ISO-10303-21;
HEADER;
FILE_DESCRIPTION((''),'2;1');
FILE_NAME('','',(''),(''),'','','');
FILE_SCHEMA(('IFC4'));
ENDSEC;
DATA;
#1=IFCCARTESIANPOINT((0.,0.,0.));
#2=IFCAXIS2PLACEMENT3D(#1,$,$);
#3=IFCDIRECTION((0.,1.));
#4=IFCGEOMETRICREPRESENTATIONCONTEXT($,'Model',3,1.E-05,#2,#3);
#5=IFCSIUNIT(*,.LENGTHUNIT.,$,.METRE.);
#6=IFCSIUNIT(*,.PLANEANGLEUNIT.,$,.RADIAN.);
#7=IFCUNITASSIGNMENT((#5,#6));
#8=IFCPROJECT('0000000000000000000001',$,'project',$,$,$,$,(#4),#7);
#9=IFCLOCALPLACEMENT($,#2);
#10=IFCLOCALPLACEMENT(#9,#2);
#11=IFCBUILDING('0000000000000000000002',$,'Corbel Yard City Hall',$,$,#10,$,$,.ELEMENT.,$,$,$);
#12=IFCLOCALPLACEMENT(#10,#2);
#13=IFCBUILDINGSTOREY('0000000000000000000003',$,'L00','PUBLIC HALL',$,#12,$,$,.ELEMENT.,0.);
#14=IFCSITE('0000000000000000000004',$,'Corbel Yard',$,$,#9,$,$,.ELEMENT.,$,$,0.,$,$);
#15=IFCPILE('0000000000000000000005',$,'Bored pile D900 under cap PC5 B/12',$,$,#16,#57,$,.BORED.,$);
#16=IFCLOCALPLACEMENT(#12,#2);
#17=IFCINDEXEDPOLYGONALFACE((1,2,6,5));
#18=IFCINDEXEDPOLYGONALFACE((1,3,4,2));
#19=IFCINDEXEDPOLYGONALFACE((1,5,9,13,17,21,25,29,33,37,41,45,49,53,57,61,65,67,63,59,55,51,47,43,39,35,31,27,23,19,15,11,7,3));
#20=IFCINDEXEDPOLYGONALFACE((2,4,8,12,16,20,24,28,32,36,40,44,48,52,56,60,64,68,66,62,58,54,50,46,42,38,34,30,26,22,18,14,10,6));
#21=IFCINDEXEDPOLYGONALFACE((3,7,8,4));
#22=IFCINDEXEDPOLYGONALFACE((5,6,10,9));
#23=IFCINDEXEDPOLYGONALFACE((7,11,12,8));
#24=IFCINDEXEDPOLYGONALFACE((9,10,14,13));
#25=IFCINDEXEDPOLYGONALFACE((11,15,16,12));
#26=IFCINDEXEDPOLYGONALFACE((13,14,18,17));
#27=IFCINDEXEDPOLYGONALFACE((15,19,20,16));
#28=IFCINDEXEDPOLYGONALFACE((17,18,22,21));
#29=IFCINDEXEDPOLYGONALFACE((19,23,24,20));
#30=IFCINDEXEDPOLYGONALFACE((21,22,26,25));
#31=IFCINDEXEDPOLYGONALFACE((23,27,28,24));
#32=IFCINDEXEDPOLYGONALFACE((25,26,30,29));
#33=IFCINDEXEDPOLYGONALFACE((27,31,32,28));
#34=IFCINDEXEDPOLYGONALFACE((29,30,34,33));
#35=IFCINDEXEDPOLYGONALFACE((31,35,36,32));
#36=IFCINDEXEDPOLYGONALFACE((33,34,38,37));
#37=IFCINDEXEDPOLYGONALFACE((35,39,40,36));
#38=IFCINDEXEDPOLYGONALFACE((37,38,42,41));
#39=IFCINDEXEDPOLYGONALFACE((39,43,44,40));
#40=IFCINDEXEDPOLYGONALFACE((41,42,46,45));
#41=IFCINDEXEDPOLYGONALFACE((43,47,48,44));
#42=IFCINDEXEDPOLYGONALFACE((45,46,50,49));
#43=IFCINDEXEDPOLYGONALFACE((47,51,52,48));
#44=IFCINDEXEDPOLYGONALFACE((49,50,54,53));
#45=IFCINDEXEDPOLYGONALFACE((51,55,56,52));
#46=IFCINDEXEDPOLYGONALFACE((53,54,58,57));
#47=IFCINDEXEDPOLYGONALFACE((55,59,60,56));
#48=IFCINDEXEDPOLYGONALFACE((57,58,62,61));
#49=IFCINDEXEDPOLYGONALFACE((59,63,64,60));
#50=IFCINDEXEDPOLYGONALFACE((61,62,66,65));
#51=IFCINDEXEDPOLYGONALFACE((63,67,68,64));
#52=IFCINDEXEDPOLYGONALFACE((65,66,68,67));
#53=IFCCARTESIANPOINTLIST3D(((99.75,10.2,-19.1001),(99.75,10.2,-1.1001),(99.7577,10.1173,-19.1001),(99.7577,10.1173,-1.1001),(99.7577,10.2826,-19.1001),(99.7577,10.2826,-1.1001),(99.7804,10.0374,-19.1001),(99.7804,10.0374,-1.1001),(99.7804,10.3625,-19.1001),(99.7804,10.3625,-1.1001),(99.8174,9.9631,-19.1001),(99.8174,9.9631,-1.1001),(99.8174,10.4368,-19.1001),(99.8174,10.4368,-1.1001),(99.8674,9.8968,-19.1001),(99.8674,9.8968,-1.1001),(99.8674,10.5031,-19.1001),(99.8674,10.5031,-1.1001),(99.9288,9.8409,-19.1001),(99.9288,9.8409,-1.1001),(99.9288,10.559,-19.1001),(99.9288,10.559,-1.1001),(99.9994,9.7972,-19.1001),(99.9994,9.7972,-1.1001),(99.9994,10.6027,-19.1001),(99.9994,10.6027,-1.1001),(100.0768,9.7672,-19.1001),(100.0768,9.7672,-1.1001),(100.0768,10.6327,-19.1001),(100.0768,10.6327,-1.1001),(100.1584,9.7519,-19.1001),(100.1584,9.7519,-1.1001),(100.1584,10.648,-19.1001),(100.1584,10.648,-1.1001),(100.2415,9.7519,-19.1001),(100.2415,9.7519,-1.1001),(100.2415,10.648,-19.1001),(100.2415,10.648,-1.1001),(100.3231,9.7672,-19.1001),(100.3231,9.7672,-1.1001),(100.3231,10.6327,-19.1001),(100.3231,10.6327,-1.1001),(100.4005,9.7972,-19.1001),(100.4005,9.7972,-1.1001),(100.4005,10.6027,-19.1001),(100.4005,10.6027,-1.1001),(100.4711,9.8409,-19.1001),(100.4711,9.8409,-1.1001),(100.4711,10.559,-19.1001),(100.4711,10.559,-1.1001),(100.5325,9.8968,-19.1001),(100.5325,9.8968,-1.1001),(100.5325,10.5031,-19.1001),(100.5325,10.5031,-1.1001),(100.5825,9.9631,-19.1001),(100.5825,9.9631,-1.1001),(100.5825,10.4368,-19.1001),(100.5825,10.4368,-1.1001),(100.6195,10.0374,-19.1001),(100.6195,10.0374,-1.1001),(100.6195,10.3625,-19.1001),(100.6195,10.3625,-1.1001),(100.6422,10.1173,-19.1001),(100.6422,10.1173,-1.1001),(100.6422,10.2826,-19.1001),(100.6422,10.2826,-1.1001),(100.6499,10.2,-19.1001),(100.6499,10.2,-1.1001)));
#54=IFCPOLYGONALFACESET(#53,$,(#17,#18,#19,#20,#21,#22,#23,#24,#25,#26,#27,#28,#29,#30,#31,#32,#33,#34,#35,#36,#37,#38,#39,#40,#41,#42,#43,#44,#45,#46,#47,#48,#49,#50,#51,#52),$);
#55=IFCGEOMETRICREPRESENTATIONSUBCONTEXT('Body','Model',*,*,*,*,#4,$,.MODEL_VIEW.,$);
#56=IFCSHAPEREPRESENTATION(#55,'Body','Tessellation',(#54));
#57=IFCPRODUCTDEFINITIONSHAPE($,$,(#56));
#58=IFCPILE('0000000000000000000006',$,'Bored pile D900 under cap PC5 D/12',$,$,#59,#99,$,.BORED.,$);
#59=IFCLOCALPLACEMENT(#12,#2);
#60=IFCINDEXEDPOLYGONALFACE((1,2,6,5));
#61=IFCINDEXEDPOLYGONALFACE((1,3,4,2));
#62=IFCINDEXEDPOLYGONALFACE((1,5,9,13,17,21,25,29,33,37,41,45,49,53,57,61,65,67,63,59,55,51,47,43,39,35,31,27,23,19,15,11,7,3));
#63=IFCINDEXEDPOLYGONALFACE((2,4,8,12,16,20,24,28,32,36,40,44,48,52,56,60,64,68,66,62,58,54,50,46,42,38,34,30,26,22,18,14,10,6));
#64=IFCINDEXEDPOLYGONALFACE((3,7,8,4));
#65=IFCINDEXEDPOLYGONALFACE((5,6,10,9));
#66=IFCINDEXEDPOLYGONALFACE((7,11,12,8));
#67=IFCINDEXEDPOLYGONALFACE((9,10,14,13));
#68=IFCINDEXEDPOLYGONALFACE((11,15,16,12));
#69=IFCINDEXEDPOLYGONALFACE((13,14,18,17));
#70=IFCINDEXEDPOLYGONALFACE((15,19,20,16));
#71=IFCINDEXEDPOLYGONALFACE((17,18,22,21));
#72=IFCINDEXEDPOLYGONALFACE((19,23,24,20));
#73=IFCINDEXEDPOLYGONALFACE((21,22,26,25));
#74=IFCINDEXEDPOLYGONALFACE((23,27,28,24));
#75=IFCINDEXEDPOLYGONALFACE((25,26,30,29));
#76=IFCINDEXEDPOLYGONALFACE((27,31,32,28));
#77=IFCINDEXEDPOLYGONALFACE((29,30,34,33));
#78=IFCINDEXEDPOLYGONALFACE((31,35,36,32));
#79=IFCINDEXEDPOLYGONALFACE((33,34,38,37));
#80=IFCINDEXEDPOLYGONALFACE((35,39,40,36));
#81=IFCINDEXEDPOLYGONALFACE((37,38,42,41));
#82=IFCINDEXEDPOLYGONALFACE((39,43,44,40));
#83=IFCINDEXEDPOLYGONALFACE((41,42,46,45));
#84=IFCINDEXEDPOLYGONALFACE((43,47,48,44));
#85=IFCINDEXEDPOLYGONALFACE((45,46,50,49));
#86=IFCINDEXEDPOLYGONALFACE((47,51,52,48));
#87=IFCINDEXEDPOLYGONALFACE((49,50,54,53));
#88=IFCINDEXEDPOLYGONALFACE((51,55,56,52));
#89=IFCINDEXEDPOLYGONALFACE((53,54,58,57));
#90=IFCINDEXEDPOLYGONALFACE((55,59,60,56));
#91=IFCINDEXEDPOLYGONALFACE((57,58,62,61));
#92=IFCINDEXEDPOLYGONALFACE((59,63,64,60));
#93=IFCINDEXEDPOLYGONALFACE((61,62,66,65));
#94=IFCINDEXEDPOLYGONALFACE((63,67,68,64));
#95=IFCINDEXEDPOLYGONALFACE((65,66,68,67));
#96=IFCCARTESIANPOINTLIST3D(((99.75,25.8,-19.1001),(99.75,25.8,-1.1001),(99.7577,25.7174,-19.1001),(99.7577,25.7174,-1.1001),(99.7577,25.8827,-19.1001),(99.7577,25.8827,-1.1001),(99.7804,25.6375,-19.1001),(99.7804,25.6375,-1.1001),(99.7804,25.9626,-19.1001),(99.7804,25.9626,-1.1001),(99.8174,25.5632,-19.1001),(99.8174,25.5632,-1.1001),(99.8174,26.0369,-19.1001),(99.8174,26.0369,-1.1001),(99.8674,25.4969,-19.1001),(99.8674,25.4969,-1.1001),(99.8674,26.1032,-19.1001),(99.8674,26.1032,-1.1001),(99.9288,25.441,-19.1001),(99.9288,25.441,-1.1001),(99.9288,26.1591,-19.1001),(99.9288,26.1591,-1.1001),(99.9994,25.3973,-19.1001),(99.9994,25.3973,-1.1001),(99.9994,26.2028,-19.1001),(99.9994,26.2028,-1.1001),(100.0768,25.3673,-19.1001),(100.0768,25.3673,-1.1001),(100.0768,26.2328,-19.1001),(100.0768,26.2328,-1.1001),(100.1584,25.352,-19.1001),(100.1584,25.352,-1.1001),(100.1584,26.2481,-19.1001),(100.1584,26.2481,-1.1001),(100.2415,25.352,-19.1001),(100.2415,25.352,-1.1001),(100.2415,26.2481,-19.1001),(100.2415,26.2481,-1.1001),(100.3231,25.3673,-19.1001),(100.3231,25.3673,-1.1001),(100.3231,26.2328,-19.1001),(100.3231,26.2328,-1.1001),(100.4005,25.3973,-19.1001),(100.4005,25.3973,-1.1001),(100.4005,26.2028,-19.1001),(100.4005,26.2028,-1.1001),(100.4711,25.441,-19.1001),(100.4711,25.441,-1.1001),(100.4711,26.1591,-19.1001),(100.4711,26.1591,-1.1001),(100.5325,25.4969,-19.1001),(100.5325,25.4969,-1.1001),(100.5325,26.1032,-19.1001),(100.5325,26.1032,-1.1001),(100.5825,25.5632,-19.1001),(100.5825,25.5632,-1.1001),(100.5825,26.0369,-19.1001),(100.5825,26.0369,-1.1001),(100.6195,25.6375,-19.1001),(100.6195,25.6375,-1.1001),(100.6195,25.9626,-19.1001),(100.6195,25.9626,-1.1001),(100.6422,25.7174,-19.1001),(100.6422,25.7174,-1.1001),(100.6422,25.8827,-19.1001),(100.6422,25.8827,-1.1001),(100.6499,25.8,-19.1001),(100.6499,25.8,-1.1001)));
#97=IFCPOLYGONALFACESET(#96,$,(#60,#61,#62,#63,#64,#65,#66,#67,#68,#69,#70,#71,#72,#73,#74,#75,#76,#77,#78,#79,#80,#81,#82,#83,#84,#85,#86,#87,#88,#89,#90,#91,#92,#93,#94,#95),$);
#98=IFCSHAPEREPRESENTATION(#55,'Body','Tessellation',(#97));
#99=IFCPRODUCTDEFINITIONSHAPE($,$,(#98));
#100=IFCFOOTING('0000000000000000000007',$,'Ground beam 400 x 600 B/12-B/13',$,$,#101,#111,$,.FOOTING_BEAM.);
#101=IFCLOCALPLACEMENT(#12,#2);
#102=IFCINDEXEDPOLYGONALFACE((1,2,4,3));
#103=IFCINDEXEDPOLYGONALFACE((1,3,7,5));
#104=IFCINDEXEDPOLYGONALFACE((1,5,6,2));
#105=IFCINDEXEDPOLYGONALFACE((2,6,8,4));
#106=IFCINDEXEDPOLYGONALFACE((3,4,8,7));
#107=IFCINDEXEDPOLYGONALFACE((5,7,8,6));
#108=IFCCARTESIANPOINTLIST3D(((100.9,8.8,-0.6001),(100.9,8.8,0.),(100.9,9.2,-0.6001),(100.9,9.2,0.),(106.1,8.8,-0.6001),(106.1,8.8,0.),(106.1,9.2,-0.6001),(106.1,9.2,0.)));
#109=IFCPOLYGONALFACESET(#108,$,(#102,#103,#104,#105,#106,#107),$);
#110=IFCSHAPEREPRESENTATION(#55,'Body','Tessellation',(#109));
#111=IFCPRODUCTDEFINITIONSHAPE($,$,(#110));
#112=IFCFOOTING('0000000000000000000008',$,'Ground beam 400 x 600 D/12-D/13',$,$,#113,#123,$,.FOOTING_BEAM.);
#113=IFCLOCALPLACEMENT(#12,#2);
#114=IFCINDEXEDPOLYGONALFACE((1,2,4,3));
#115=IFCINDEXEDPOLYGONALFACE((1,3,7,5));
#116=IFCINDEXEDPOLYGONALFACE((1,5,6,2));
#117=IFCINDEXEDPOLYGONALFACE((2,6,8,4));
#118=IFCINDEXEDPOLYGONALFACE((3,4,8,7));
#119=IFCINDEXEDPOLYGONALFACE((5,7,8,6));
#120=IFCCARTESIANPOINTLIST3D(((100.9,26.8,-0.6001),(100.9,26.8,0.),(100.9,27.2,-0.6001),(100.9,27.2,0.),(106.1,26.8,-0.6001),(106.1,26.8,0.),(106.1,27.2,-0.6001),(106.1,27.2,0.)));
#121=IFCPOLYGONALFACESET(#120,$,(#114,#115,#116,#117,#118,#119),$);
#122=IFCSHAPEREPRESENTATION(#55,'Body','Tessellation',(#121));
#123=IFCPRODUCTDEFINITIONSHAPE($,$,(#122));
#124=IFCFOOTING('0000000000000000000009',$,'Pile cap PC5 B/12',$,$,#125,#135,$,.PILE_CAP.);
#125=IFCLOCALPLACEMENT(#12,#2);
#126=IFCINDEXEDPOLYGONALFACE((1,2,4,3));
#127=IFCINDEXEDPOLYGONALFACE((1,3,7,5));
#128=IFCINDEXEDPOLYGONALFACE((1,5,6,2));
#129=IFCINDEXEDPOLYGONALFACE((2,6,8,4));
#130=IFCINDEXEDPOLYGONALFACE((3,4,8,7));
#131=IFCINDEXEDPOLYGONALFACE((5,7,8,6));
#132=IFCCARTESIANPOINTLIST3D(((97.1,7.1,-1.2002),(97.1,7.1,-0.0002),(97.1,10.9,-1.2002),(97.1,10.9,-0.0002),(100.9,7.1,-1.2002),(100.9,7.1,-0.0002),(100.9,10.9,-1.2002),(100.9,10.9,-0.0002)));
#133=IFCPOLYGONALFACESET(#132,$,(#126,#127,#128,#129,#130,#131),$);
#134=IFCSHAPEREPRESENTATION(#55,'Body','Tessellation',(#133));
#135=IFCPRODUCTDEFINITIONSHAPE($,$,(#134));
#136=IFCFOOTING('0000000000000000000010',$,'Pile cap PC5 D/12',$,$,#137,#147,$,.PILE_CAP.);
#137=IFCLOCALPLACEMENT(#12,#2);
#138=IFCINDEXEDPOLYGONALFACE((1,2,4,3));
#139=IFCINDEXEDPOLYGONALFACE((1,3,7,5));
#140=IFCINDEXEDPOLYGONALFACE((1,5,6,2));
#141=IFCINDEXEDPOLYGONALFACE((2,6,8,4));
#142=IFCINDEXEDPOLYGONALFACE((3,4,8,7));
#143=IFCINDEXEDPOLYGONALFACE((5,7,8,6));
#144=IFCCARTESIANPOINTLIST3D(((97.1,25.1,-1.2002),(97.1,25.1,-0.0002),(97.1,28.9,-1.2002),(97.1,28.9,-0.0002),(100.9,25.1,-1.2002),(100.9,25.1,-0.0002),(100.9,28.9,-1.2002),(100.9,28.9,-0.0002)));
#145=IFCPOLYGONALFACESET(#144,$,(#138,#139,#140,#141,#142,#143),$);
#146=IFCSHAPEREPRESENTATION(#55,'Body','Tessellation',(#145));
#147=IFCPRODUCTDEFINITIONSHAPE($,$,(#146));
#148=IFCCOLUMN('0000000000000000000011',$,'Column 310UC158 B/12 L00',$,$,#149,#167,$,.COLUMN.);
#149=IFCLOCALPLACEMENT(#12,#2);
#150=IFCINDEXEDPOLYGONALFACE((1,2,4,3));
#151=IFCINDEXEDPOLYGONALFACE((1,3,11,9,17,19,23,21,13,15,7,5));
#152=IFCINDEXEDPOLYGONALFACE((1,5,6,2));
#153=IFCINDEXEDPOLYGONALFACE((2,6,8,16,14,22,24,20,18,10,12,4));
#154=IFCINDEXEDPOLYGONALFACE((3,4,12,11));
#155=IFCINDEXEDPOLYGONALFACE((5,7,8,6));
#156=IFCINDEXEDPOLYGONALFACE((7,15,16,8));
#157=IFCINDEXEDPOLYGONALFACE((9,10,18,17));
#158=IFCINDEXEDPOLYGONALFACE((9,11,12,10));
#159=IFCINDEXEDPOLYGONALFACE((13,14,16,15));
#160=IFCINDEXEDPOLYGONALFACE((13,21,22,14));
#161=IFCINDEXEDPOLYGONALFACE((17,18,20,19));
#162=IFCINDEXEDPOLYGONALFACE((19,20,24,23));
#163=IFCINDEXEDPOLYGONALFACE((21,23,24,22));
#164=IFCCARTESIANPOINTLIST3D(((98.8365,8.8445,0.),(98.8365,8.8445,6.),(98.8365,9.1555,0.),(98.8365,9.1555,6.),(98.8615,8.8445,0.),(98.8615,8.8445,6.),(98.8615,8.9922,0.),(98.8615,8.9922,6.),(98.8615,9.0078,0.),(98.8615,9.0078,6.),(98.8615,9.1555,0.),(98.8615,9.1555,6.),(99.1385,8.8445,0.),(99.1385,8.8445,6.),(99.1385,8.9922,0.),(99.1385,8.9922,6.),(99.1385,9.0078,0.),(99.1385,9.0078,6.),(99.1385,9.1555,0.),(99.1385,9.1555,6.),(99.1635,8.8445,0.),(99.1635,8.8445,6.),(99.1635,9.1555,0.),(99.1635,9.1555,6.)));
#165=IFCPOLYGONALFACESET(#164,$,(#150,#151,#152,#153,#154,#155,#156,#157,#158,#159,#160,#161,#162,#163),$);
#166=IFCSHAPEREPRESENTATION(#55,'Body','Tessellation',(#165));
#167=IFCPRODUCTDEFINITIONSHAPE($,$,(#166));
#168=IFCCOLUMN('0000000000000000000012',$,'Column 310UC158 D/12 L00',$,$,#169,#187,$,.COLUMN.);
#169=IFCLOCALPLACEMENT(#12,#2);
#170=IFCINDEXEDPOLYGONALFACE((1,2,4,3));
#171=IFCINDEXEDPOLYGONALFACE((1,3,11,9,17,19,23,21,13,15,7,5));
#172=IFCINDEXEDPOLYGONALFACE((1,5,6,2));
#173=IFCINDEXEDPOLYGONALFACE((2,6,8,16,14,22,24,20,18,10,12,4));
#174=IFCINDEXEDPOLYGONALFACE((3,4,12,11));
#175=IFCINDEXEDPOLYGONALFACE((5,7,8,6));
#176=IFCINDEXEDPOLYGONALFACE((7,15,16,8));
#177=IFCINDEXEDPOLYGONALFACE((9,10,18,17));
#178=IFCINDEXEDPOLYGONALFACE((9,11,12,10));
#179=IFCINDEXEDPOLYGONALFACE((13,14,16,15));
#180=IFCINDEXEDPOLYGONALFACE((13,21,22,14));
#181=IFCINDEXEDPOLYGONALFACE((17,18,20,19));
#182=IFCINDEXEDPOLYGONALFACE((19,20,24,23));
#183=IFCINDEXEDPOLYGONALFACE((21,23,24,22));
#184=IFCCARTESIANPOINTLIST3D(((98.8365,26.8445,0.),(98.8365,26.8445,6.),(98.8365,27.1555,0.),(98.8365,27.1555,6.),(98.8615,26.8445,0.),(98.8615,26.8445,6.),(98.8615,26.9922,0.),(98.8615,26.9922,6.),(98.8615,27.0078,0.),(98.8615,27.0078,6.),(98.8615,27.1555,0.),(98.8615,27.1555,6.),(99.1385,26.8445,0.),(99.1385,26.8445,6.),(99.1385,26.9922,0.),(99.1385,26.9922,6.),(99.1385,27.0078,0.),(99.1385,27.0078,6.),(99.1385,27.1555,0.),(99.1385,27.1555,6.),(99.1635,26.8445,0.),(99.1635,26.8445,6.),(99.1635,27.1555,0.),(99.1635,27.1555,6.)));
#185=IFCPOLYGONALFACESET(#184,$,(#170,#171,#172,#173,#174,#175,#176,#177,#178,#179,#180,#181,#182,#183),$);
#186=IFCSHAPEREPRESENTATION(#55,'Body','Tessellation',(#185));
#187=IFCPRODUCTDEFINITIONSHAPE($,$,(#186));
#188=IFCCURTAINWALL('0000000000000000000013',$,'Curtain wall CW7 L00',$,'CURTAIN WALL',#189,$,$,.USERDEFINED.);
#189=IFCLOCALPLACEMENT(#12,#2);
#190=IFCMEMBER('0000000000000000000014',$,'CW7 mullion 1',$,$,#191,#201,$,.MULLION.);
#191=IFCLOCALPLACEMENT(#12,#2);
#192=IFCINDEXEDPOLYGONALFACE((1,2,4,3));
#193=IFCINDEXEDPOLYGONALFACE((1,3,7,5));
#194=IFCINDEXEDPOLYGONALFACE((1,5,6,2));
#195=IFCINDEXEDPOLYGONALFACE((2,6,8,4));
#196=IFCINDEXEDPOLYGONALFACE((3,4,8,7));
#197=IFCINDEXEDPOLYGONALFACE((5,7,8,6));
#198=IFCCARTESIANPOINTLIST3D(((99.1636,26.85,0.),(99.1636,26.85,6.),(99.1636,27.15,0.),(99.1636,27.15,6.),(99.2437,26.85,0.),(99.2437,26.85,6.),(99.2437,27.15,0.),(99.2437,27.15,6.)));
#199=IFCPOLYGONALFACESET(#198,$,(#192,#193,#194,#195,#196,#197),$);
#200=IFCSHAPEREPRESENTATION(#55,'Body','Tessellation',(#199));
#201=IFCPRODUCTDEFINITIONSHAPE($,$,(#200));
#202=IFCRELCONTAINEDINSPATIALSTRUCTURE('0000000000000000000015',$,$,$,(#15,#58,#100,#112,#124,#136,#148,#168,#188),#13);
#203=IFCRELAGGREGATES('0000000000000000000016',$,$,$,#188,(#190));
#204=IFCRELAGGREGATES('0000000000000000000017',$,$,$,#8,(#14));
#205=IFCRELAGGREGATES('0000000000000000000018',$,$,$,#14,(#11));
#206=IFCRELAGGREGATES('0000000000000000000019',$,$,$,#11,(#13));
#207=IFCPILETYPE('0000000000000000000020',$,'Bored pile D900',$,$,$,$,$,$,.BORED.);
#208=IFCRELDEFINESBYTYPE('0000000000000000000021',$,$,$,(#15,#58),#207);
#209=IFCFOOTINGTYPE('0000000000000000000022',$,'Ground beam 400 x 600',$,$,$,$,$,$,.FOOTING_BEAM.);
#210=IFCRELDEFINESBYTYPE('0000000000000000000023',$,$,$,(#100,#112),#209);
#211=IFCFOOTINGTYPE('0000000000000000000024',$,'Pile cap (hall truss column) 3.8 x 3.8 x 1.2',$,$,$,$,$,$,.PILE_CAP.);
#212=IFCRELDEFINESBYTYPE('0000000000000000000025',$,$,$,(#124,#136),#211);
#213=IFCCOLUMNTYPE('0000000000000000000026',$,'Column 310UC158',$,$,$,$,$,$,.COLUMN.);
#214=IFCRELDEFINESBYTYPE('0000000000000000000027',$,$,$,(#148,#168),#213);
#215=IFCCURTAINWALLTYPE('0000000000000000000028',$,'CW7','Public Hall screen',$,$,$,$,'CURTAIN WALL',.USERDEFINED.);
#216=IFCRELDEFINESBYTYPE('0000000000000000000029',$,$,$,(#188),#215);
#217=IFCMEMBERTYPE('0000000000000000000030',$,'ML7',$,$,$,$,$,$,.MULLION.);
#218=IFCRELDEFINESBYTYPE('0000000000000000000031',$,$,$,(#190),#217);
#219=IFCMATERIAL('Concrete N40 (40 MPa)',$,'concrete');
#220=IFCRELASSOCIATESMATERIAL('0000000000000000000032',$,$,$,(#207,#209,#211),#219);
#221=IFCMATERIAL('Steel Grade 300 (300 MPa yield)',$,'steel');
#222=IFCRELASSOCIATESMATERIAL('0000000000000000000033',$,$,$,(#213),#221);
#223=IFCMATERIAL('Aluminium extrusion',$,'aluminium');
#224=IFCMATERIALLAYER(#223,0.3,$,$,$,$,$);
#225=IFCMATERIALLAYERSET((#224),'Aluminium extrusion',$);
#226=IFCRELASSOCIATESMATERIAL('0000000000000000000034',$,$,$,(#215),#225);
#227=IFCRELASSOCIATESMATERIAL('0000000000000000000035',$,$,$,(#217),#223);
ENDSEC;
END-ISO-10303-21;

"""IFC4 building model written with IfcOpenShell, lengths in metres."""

from ifc_helpers import new_model, si_unit, direction, frame, origin, origin_2d, place, context, subcontext, project, spatial, rectangle, circle, i_section, extrude, material, layer, layer_set, material_profile, profile_set, type_object, element, aggregate, save


model = new_model("IFC4")

# Units and contexts
model_context = context("Model", 3, precision=1e-05, world=origin(), true_north=direction((0.0, 1.0)))
body_context = subcontext(model_context, "Body", "Model", "MODEL_VIEW")
ifc_project = project(units=[si_unit("LENGTHUNIT", "METRE"), si_unit("PLANEANGLEUNIT", "RADIAN")], contexts=[model_context])

# Site, building, storey
site_placement = place(None, origin())
site = spatial("IfcSite", under=ifc_project, at=site_placement, Name="Corbel Yard", CompositionType="ELEMENT", RefElevation=0.0)
building_placement = place(site_placement, origin())
building = spatial("IfcBuilding", under=site, at=building_placement, Name="Corbel Yard City Hall", CompositionType="ELEMENT")
storey_placement = place(building_placement, origin())
storey = spatial("IfcBuildingStorey", under=building, at=storey_placement, Name="L00", Description="PUBLIC HALL", CompositionType="ELEMENT", Elevation=0.0)

# Piles
ifc_material_1 = material(Name="Concrete N40 (40 MPa)", Category="concrete")
ifc_material_profile_1 = material_profile(ifc_material_1, circle(Radius=0.45, at=origin_2d()), Name="D900")
ifc_profile_set_1 = profile_set([ifc_material_profile_1], Name="Concrete N40 (40 MPa)")
pile_type = type_object("IfcPileType", Name="Bored pile D900", PredefinedType="BORED", material=ifc_profile_set_1)
for number, where, z_axis, x_axis, name in (
    (1, (100.2, 10.2, -1.1001), (0.0, 0.0, -1.0), (1.0, 0.0, 0.0), "Bored pile D900 under cap PC5 B/12"),
    (2, (100.2, 25.8, -1.1001), (0.0, 0.0, -1.0), (1.0, 0.0, 0.0), "Bored pile D900 under cap PC5 D/12"),
):
    element("IfcPile", number, at=place(storey_placement, frame(where, z_axis=z_axis, x_axis=x_axis)), inside=storey, type_object=pile_type, Name=name, PredefinedType="BORED", context=body_context, shape_type="SweptSolid", body=[
        extrude(circle(Radius=0.45, at=origin_2d()), origin(), (0.0, 0.0, 1.0), 18.0),
    ])

# Footings
footing_type_1 = type_object("IfcFootingType", Name="Ground beam 400 x 600", PredefinedType="FOOTING_BEAM", material=ifc_material_1)
for number, where, z_axis, x_axis, name in (
    (3, (103.5, 9.0, -0.6001), (0.0, 0.0, 1.0), (1.0, 0.0, 0.0), "Ground beam 400 x 600 B/12-B/13"),
    (4, (103.5, 27.0, -0.6001), (0.0, 0.0, 1.0), (1.0, 0.0, 0.0), "Ground beam 400 x 600 D/12-D/13"),
):
    element("IfcFooting", number, at=place(storey_placement, frame(where, z_axis=z_axis, x_axis=x_axis)), inside=storey, type_object=footing_type_1, Name=name, PredefinedType="FOOTING_BEAM", context=body_context, shape_type="SweptSolid", body=[
        extrude(rectangle(XDim=5.2, YDim=0.3999, at=origin_2d()), origin(), (0.0, 0.0, 1.0), 0.6001),
    ])
footing_type_2 = type_object("IfcFootingType", Name="Pile cap (hall truss column) 3.8 x 3.8 x 1.2", PredefinedType="PILE_CAP", material=ifc_material_1)
for number, where, z_axis, x_axis, name in (
    (5, (99.0, 9.0, -1.2002), (0.0, 0.0, 1.0), (1.0, 0.0, 0.0), "Pile cap PC5 B/12"),
    (6, (99.0, 27.0, -1.2002), (0.0, 0.0, 1.0), (1.0, 0.0, 0.0), "Pile cap PC5 D/12"),
):
    element("IfcFooting", number, at=place(storey_placement, frame(where, z_axis=z_axis, x_axis=x_axis)), inside=storey, type_object=footing_type_2, Name=name, PredefinedType="PILE_CAP", context=body_context, shape_type="SweptSolid", body=[
        extrude(rectangle(XDim=3.8, YDim=3.8, at=origin_2d()), origin(), (0.0, 0.0, 1.0), 1.2),
    ])

# Columns
ifc_material_2 = material(Name="Steel Grade 300 (300 MPa yield)", Category="steel")
ifc_material_profile_2 = material_profile(ifc_material_2, i_section(OverallWidth=0.311, OverallDepth=0.3269, WebThickness=0.0156, FlangeThickness=0.0249, at=origin_2d()), Name="310UC158")
ifc_profile_set_2 = profile_set([ifc_material_profile_2], Name="Steel Grade 300 (300 MPa yield)")
column_type = type_object("IfcColumnType", Name="Column 310UC158", PredefinedType="COLUMN", material=ifc_profile_set_2)
for number, where, z_axis, x_axis, name in (
    (7, (99.0, 9.0, 0.0), (0.0, 0.0, 1.0), (0.0, 1.0, 0.0), "Column 310UC158 B/12 L00"),
    (8, (99.0, 27.0, 0.0), (0.0, 0.0, 1.0), (0.0, 1.0, 0.0), "Column 310UC158 D/12 L00"),
):
    element("IfcColumn", number, at=place(storey_placement, frame(where, z_axis=z_axis, x_axis=x_axis)), inside=storey, type_object=column_type, Name=name, PredefinedType="COLUMN", context=body_context, shape_type="SweptSolid", body=[
        extrude(i_section(OverallWidth=0.311, OverallDepth=0.3269, WebThickness=0.0156, FlangeThickness=0.0249, at=origin_2d()), origin(), (0.0, 0.0, 1.0), 6.0),
    ])

# Curtain wall, member
ifc_material_3 = material(Name="Aluminium extrusion", Category="aluminium")
ifc_layer_1 = layer(ifc_material_3, 0.3)
ifc_layer_set_1 = layer_set([ifc_layer_1], Name="Aluminium extrusion")
curtain_wall_type = type_object("IfcCurtainWallType", Name="CW7", Description="Public Hall screen", ElementType="CURTAIN WALL", PredefinedType="USERDEFINED", material=ifc_layer_set_1)
curtain_wall_placement = place(storey_placement, origin())
curtain_wall = element("IfcCurtainWall", 9, at=curtain_wall_placement, inside=storey, type_object=curtain_wall_type, Name="Curtain wall CW7 L00", ObjectType="CURTAIN WALL", PredefinedType="USERDEFINED")
ifc_material_profile_3 = material_profile(ifc_material_3, rectangle(XDim=0.3, YDim=0.0801, at=origin_2d()), Name="300x80")
ifc_profile_set_3 = profile_set([ifc_material_profile_3], Name="Aluminium extrusion")
member_type_1 = type_object("IfcMemberType", Name="ML7", PredefinedType="MULLION", material=ifc_profile_set_3)
member_1_placement = place(storey_placement, frame((99.2036, 27.0, 0.0), z_axis=(0.0, 0.0, 1.0), x_axis=(0.0, 1.0, 0.0)))
member_1 = element("IfcMember", 10, at=member_1_placement, type_object=member_type_1, Name="CW7 mullion 1", PredefinedType="MULLION", context=body_context, shape_type="SweptSolid", body=[
    extrude(rectangle(XDim=0.3, YDim=0.0801, at=origin_2d()), origin(), (0.0, 0.0, 1.0), 6.0),
])
aggregate(curtain_wall, [member_1])

save(model, "model.ifc")
